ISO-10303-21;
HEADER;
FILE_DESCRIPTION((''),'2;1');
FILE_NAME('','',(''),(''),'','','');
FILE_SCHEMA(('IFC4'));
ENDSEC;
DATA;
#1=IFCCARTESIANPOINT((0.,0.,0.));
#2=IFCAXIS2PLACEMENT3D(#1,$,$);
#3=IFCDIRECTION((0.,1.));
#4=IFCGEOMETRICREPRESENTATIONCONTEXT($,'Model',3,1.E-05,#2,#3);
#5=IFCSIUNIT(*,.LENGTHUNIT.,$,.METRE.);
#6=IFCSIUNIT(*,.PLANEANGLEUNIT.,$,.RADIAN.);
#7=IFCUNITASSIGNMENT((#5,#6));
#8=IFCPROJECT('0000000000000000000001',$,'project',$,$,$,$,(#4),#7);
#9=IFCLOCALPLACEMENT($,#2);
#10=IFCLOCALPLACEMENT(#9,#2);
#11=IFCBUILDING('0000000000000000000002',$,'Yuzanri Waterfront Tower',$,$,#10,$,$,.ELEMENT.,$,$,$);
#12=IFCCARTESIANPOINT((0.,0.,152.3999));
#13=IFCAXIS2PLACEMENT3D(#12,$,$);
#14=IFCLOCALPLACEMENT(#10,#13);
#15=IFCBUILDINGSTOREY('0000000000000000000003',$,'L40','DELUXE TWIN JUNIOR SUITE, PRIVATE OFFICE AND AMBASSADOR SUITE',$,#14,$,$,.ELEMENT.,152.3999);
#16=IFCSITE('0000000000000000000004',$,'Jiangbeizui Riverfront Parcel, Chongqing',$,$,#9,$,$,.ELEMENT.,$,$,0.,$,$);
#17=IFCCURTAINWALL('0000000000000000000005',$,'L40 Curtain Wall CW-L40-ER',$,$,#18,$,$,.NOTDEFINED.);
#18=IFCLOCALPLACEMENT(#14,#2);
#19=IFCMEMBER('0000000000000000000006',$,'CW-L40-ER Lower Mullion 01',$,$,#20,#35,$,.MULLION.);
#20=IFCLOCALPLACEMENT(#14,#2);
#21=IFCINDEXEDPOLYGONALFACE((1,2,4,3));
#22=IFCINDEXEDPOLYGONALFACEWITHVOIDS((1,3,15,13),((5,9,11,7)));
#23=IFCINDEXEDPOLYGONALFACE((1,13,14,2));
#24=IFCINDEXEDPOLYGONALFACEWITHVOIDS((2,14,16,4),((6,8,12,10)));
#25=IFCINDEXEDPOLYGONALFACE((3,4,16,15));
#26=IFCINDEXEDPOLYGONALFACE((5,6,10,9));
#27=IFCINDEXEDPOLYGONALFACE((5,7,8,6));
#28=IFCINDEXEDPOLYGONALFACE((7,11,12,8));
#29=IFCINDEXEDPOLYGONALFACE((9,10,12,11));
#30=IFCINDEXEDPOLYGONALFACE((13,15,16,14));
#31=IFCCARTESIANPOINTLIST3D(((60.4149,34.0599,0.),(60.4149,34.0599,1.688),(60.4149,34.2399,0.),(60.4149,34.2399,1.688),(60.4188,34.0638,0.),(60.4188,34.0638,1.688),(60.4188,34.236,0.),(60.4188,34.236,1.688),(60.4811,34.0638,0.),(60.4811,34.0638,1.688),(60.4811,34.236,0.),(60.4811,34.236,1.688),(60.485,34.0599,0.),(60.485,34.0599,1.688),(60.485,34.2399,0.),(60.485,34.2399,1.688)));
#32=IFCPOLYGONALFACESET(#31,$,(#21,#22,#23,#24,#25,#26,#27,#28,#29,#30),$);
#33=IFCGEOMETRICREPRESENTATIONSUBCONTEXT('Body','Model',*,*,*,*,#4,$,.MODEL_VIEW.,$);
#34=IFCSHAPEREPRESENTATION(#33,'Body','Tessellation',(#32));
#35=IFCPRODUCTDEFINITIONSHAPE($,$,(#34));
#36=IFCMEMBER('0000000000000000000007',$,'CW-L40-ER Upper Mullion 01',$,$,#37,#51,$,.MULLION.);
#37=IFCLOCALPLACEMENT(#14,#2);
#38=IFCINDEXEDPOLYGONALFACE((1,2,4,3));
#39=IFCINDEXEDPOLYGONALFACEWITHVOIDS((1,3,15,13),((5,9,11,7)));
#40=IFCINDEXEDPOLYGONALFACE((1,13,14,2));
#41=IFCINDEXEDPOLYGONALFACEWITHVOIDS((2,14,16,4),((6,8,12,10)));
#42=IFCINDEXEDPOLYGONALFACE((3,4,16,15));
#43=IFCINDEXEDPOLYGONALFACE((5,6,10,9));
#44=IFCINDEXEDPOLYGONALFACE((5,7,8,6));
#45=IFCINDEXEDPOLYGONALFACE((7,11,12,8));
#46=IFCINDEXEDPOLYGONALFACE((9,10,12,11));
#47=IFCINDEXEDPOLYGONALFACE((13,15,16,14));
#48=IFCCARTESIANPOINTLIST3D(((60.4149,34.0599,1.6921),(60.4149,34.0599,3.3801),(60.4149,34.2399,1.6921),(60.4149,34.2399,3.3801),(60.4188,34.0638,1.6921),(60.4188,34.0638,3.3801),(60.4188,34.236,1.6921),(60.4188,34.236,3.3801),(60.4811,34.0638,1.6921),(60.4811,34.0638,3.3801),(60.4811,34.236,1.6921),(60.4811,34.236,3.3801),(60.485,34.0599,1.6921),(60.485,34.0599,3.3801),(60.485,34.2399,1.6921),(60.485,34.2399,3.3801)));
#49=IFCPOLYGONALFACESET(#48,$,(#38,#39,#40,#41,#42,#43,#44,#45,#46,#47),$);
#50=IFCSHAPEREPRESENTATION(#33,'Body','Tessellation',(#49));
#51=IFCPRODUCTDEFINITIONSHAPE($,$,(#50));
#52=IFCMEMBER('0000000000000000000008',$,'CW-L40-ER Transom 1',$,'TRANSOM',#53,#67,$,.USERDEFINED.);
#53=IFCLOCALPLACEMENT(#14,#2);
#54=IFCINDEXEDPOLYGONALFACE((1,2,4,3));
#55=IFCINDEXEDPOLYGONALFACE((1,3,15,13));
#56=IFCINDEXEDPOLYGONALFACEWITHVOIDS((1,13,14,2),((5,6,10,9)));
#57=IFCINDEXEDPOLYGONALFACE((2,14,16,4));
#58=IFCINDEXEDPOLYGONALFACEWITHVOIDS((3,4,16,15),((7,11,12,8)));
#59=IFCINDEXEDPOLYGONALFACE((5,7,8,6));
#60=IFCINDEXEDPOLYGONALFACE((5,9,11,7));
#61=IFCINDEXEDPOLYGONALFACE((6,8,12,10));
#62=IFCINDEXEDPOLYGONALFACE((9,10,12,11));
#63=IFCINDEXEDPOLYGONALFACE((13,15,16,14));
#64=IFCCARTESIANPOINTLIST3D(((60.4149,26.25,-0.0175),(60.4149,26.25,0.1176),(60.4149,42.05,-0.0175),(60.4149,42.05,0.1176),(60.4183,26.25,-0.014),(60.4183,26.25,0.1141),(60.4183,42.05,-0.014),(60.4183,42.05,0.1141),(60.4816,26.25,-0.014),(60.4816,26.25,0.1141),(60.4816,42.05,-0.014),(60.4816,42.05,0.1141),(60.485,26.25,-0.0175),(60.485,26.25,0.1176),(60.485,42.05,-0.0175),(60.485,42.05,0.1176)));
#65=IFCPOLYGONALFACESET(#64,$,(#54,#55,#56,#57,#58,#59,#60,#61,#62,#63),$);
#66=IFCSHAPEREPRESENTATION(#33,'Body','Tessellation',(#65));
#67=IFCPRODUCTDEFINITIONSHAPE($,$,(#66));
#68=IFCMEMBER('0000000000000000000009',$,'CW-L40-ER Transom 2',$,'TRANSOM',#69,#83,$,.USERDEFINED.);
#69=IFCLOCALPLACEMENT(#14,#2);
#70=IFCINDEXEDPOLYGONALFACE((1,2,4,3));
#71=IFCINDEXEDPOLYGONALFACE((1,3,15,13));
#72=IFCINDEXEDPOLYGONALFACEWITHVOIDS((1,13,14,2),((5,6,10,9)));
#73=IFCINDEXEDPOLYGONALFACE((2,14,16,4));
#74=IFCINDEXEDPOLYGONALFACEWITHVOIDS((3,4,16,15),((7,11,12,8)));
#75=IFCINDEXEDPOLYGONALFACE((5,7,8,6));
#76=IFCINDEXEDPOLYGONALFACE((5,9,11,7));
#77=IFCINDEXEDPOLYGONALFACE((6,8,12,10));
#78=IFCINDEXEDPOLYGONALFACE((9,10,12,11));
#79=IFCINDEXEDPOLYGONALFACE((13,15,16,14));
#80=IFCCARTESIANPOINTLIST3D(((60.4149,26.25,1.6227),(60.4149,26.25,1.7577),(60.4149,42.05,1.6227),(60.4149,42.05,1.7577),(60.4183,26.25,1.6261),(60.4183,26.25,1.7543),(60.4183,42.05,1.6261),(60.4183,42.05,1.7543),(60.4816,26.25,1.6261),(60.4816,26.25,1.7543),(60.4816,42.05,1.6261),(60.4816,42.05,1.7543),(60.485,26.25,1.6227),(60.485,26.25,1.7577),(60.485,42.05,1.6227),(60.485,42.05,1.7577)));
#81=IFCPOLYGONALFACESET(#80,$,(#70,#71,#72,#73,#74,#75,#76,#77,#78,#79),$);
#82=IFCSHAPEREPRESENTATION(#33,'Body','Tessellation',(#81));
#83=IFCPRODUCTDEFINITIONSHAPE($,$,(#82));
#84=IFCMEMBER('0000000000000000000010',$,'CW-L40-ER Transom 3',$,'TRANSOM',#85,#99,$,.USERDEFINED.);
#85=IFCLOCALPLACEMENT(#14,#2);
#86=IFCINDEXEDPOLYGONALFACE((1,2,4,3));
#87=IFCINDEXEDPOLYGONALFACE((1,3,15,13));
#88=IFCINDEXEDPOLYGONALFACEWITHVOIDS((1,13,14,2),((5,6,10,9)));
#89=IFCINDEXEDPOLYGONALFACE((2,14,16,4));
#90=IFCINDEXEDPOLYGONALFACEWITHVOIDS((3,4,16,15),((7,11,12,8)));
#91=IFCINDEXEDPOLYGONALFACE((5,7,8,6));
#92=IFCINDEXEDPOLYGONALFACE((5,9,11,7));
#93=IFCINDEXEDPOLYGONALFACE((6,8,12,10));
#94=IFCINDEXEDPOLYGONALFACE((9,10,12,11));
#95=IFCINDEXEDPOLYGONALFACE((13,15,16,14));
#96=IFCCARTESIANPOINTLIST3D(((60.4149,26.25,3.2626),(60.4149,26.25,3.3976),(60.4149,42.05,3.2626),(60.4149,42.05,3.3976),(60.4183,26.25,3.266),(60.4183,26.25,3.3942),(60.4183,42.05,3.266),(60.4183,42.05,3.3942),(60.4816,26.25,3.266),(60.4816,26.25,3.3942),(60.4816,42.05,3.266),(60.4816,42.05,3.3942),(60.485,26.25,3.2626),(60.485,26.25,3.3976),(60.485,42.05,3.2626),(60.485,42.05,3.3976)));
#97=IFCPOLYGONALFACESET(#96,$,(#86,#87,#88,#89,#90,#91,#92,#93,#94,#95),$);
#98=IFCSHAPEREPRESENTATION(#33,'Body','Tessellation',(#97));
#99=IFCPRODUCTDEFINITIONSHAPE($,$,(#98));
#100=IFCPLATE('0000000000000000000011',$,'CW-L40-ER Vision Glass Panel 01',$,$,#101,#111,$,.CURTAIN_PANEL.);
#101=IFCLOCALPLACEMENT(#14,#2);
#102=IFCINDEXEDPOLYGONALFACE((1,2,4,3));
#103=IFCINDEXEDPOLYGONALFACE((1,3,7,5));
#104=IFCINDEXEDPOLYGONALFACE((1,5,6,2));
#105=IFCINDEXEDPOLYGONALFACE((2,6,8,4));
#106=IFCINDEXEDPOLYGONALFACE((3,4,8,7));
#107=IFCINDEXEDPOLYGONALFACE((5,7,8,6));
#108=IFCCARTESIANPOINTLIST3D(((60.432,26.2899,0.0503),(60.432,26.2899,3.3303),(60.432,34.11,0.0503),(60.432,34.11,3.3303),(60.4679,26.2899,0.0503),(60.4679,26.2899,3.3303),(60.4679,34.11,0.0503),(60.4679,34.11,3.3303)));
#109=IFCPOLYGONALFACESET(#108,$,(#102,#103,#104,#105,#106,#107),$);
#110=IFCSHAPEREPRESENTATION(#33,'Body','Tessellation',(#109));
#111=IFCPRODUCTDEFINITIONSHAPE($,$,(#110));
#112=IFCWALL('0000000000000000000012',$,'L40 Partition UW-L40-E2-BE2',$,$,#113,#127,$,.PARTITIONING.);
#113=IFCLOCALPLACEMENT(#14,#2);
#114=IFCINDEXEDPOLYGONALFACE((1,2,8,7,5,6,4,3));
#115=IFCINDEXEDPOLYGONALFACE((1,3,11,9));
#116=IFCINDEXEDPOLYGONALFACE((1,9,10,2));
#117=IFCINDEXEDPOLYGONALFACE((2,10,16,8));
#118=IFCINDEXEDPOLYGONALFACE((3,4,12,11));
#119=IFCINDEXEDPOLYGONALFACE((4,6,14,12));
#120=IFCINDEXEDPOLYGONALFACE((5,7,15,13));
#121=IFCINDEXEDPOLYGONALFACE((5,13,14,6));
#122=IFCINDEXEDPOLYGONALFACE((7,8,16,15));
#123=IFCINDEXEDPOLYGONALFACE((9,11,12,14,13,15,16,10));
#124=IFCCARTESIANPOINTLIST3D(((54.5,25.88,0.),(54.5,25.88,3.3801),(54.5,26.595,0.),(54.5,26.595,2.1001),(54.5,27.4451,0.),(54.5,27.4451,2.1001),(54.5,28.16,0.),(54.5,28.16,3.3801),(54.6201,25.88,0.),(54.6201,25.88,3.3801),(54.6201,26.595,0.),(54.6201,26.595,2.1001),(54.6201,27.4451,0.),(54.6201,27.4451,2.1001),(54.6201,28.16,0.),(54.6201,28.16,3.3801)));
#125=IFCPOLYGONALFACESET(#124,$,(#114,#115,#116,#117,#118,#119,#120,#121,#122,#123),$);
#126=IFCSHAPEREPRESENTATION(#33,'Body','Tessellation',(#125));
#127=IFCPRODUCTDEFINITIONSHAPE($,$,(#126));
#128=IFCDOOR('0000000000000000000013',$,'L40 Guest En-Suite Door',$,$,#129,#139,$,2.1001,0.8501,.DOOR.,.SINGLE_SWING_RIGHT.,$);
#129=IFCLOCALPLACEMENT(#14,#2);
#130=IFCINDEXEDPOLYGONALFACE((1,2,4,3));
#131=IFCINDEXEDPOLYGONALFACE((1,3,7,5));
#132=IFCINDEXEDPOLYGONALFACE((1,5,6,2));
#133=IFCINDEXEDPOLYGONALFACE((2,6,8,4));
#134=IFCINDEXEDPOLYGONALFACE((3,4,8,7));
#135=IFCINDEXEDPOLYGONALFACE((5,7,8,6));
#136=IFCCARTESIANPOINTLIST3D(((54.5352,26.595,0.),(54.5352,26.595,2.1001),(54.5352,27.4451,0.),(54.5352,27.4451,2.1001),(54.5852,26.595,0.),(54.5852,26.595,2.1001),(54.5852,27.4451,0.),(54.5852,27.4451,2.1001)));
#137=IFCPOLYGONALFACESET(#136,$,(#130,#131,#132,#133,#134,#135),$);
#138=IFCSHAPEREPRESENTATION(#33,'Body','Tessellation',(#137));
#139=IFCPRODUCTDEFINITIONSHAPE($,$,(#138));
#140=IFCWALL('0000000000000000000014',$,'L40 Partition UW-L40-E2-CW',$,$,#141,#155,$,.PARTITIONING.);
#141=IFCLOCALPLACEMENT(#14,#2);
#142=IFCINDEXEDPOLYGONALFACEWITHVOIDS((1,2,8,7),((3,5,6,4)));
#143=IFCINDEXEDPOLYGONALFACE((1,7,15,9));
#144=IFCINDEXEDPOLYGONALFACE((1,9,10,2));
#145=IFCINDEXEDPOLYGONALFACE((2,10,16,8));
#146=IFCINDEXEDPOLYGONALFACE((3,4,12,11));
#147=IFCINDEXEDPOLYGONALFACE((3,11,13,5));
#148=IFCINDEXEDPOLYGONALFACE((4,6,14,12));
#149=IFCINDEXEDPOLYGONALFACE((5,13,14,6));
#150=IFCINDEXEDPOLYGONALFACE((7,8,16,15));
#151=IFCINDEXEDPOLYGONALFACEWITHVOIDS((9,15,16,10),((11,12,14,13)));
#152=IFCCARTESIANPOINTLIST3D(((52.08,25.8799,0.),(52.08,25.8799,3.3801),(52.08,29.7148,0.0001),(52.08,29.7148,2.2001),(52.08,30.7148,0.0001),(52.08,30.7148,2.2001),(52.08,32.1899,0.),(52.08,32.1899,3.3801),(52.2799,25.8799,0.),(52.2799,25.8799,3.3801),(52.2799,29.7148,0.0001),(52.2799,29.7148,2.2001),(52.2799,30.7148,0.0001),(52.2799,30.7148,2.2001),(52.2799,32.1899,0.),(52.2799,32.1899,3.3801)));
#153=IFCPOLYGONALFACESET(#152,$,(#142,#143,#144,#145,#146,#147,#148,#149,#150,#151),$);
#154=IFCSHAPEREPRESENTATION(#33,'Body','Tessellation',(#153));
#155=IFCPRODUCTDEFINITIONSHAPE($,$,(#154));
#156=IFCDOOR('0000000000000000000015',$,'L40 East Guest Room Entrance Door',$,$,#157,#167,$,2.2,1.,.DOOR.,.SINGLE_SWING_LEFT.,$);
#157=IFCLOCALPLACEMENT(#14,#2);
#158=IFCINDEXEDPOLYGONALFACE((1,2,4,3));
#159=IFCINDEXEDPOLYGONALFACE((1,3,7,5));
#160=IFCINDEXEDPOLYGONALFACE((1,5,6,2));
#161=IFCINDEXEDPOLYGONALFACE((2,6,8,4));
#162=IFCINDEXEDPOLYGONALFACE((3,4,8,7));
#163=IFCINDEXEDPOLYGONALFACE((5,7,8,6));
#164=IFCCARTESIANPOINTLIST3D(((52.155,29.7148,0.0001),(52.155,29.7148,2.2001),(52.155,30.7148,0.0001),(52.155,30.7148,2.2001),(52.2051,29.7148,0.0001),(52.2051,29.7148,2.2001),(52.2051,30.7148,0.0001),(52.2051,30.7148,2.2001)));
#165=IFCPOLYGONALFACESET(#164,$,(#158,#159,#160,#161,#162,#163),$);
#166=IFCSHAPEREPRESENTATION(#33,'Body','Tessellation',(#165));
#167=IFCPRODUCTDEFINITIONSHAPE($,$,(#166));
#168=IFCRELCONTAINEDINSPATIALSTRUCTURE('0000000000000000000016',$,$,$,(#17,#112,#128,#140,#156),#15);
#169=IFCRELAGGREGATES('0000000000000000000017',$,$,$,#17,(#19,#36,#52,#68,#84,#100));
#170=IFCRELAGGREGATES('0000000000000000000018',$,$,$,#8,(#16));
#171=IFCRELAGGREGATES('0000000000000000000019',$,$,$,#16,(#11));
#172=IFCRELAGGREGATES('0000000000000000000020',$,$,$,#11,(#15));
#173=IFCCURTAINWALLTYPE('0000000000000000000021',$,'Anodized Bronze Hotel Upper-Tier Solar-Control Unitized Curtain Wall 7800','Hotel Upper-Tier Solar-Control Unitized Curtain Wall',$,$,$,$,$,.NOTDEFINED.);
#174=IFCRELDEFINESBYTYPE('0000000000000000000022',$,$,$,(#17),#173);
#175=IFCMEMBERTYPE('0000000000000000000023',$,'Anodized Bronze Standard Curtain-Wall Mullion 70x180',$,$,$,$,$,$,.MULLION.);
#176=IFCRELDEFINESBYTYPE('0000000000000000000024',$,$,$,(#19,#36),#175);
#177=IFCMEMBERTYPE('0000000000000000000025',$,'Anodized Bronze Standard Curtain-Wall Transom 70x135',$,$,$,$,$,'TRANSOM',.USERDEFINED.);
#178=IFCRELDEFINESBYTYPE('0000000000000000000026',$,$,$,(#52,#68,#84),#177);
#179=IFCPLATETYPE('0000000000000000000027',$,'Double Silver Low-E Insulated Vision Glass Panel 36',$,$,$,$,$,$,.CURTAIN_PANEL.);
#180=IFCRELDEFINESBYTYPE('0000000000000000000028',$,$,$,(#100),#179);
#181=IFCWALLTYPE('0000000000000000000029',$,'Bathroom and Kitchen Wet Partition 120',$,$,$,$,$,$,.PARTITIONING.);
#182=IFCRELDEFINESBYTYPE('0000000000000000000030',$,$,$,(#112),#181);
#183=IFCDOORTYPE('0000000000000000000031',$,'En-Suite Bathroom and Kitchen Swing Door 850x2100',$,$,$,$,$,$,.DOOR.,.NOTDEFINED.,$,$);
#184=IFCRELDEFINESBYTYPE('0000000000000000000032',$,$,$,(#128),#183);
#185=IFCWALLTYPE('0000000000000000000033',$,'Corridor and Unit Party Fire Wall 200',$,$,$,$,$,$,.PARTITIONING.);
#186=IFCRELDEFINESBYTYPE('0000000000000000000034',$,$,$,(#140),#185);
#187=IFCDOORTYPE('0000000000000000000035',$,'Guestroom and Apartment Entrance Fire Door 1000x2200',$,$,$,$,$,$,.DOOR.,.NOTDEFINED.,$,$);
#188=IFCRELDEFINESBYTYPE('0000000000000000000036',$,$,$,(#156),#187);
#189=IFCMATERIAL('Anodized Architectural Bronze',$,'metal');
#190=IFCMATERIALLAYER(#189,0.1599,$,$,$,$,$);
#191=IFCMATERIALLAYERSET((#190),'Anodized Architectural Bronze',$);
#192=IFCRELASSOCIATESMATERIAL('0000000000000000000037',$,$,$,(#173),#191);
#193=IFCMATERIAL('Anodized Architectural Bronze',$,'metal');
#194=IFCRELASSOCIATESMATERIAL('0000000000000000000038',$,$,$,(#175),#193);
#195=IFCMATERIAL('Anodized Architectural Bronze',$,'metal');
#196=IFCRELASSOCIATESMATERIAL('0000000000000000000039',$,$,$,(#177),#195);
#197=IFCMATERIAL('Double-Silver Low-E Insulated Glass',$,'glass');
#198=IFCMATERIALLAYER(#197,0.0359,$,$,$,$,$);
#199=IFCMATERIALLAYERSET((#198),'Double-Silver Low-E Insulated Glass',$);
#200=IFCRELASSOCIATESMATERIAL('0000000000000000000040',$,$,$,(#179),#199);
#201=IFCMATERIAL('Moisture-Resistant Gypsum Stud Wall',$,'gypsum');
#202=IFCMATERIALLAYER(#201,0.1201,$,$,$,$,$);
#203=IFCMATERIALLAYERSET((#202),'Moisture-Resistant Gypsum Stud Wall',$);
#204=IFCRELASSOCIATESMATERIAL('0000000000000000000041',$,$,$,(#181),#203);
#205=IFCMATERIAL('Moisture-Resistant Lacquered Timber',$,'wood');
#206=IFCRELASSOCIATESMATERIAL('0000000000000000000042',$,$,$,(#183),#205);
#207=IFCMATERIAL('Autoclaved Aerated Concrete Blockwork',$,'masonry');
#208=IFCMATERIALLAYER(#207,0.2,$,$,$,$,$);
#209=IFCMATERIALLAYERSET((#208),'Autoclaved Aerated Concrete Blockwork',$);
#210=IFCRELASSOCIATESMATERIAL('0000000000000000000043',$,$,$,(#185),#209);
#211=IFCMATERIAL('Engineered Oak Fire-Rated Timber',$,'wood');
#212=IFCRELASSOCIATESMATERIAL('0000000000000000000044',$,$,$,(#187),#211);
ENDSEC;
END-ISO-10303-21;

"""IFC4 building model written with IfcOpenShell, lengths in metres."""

from ifc_helpers import new_model, si_unit, direction, frame, frame_2d, origin, origin_2d, place, context, subcontext, project, spatial, rectangle, hollow_rectangle, extrude, source, transform, mapped, material, layer, layer_set, material_profile, profile_set, type_object, element, fill, aggregate, save


model = new_model("IFC4")

# Units and contexts
model_context = context("Model", 3, precision=1e-05, world=origin(), true_north=direction((0.0, 1.0)))
body_context = subcontext(model_context, "Body", "Model", "MODEL_VIEW")
ifc_project = project(units=[si_unit("LENGTHUNIT", "METRE"), si_unit("PLANEANGLEUNIT", "RADIAN")], contexts=[model_context])

# Site, building, storey
site_placement = place(None, origin())
site = spatial("IfcSite", under=ifc_project, at=site_placement, Name="Jiangbeizui Riverfront Parcel, Chongqing", CompositionType="ELEMENT", RefElevation=0.0)
building_placement = place(site_placement, origin())
building = spatial("IfcBuilding", under=site, at=building_placement, Name="Yuzanri Waterfront Tower", CompositionType="ELEMENT")
storey_placement = place(building_placement, frame((0.0, 0.0, 152.3999)))
storey = spatial("IfcBuildingStorey", under=building, at=storey_placement, Name="L40", Description="DELUXE TWIN JUNIOR SUITE, PRIVATE OFFICE AND AMBASSADOR SUITE", CompositionType="ELEMENT", Elevation=152.3999)

# Shared definitions
ifc_material_1 = material(Name="Anodized Architectural Bronze", Category="metal")
ifc_layer_1 = layer(ifc_material_1, 0.1599)
ifc_layer_set_1 = layer_set([ifc_layer_1], Name="Anodized Architectural Bronze")
curtain_wall_type = type_object("IfcCurtainWallType", Name="Anodized Bronze Hotel Upper-Tier Solar-Control Unitized Curtain Wall 7800", Description="Hotel Upper-Tier Solar-Control Unitized Curtain Wall", PredefinedType="NOTDEFINED", material=ifc_layer_set_1)
ifc_material_2 = material(Name="Anodized Architectural Bronze", Category="metal")
ifc_material_profile_1 = material_profile(ifc_material_2, hollow_rectangle(XDim=0.0701, YDim=0.1799, WallThickness=0.0039, at=origin_2d()), Name="CWM 70x180")
ifc_profile_set_1 = profile_set([ifc_material_profile_1], Name="Anodized Architectural Bronze")
member_type_1 = type_object("IfcMemberType", Name="Anodized Bronze Standard Curtain-Wall Mullion 70x180", PredefinedType="MULLION", material=ifc_profile_set_1)
shared_shape_1 = source(origin(), body_context, "Body", "SweptSolid", [
    extrude(hollow_rectangle(XDim=0.0701, YDim=0.1799, WallThickness=0.0039, at=origin_2d()), origin(), (0.0, 0.0, 1.0), 1.688),
])

# Curtain wall, members, plate
curtain_wall_1_placement = place(storey_placement, origin())
curtain_wall_1 = element("IfcCurtainWall", 1, at=curtain_wall_1_placement, inside=storey, type_object=curtain_wall_type, Name="L40 Curtain Wall CW-L40-ER", PredefinedType="NOTDEFINED")
member_1_placement = place(storey_placement, frame((60.45, 34.1499, 0.0), z_axis=(0.0, 0.0, 1.0), x_axis=(1.0, 0.0, 0.0)))
member_1 = element("IfcMember", 2, at=member_1_placement, type_object=member_type_1, Name="CW-L40-ER Lower Mullion 01", PredefinedType="MULLION", context=body_context, shape_type="MappedRepresentation", body=[
    mapped(shared_shape_1, transform((0.0, 0.0, 0.0), scale=1.0)),
])
member_2_placement = place(storey_placement, frame((60.45, 34.1499, 1.6921), z_axis=(0.0, 0.0, 1.0), x_axis=(1.0, 0.0, 0.0)))
member_2 = element("IfcMember", 3, at=member_2_placement, type_object=member_type_1, Name="CW-L40-ER Upper Mullion 01", PredefinedType="MULLION", context=body_context, shape_type="MappedRepresentation", body=[
    mapped(shared_shape_1, transform((0.0, 0.0, 0.0), scale=1.0)),
])
ifc_material_3 = material(Name="Anodized Architectural Bronze", Category="metal")
ifc_material_profile_2 = material_profile(ifc_material_3, hollow_rectangle(XDim=0.0701, YDim=0.135, WallThickness=0.0034, at=origin_2d()), Name="CWT 70x135")
ifc_profile_set_2 = profile_set([ifc_material_profile_2], Name="Anodized Architectural Bronze")
member_type_2 = type_object("IfcMemberType", Name="Anodized Bronze Standard Curtain-Wall Transom 70x135", ElementType="TRANSOM", PredefinedType="USERDEFINED", material=ifc_profile_set_2)
shared_shape_2 = source(origin(), body_context, "Body", "SweptSolid", [
    extrude(hollow_rectangle(XDim=0.0701, YDim=0.135, WallThickness=0.0034, at=origin_2d()), origin(), (0.0, 0.0, 1.0), 15.8),
])
member_3_placement = place(storey_placement, frame((60.45, 26.25, 0.05), z_axis=(0.0, 1.0, 0.0), x_axis=(-1.0, 0.0, 0.0)))
member_3 = element("IfcMember", 4, at=member_3_placement, type_object=member_type_2, Name="CW-L40-ER Transom 1", ObjectType="TRANSOM", PredefinedType="USERDEFINED", context=body_context, shape_type="MappedRepresentation", body=[
    mapped(shared_shape_2, transform((0.0, 0.0, 0.0), scale=1.0)),
])
member_4_placement = place(storey_placement, frame((60.45, 26.25, 1.6902), z_axis=(0.0, 1.0, 0.0), x_axis=(-1.0, 0.0, 0.0)))
member_4 = element("IfcMember", 5, at=member_4_placement, type_object=member_type_2, Name="CW-L40-ER Transom 2", ObjectType="TRANSOM", PredefinedType="USERDEFINED", context=body_context, shape_type="MappedRepresentation", body=[
    mapped(shared_shape_2, transform((0.0, 0.0, 0.0), scale=1.0)),
])
member_5_placement = place(storey_placement, frame((60.45, 26.25, 3.3301), z_axis=(0.0, 1.0, 0.0), x_axis=(-1.0, 0.0, 0.0)))
member_5 = element("IfcMember", 6, at=member_5_placement, type_object=member_type_2, Name="CW-L40-ER Transom 3", ObjectType="TRANSOM", PredefinedType="USERDEFINED", context=body_context, shape_type="MappedRepresentation", body=[
    mapped(shared_shape_2, transform((0.0, 0.0, 0.0), scale=1.0)),
])
ifc_material_4 = material(Name="Double-Silver Low-E Insulated Glass", Category="glass")
ifc_layer_2 = layer(ifc_material_4, 0.0359)
ifc_layer_set_2 = layer_set([ifc_layer_2], Name="Double-Silver Low-E Insulated Glass")
plate_type = type_object("IfcPlateType", Name="Double Silver Low-E Insulated Vision Glass Panel 36", PredefinedType="CURTAIN_PANEL", material=ifc_layer_set_2)
shared_shape_3 = source(origin(), body_context, "Body", "SweptSolid", [
    extrude(rectangle(XDim=7.8201, YDim=0.0359, at=origin_2d()), origin(), (0.0, 0.0, 1.0), 3.28),
])
plate_placement = place(storey_placement, frame((60.45, 30.2, 0.0503), z_axis=(0.0, 0.0, 1.0), x_axis=(0.0, 1.0, 0.0)))
plate = element("IfcPlate", 7, at=plate_placement, type_object=plate_type, Name="CW-L40-ER Vision Glass Panel 01", PredefinedType="CURTAIN_PANEL", context=body_context, shape_type="MappedRepresentation", body=[
    mapped(shared_shape_3, transform((0.0, 0.0, 0.0), scale=1.0)),
])
aggregate(curtain_wall_1, [member_1, member_2, member_3, member_4, member_5, plate])

# Walls, openings, doors
ifc_material_5 = material(Name="Moisture-Resistant Gypsum Stud Wall", Category="gypsum")
ifc_layer_3 = layer(ifc_material_5, 0.1201)
ifc_layer_set_3 = layer_set([ifc_layer_3], Name="Moisture-Resistant Gypsum Stud Wall")
wall_type_1 = type_object("IfcWallType", Name="Bathroom and Kitchen Wet Partition 120", PredefinedType="PARTITIONING", material=ifc_layer_set_3)
wall_1_placement = place(storey_placement, frame((54.5601, 25.8799, 0.0), z_axis=(0.0, 0.0, 1.0), x_axis=(0.0, 1.0, 0.0)))
wall_1 = element("IfcWall", 8, at=wall_1_placement, inside=storey, type_object=wall_type_1, Name="L40 Partition UW-L40-E2-BE2", PredefinedType="PARTITIONING", context=body_context, shape_type="SweptSolid", body=[
    extrude(rectangle(XDim=2.28, YDim=0.1201, at=frame_2d((1.1401, 0.0))), origin(), (0.0, 0.0, 1.0), 3.3801),
])
opening_1_placement = place(wall_1_placement, frame((0.7151, 0.0, 0.0)))
opening_1 = element("IfcOpeningElement", 9, at=opening_1_placement, cuts=wall_1, PredefinedType="OPENING", context=body_context, shape_type="SweptSolid", body=[
    extrude(rectangle(XDim=0.8501, YDim=2.1001, at=frame_2d((0.425, 1.05))), frame((0.0, 0.075, 0.0), z_axis=(0.0, -1.0, 0.0), x_axis=(1.0, 0.0, 0.0)), (0.0, 0.0, 1.0), 0.1499),
])
ifc_material_6 = material(Name="Moisture-Resistant Lacquered Timber", Category="wood")
door_type_1 = type_object("IfcDoorType", Name="En-Suite Bathroom and Kitchen Swing Door 850x2100", OperationType="NOTDEFINED", PredefinedType="DOOR", material=ifc_material_6)
shared_shape_4 = source(origin(), body_context, "Body", "SweptSolid", [
    extrude(rectangle(XDim=0.8501, YDim=2.1001, at=frame_2d((0.425, 1.05))), frame((0.0, 0.0249, 0.0), z_axis=(0.0, -1.0, 0.0), x_axis=(1.0, 0.0, 0.0)), (0.0, 0.0, 1.0), 0.05),
])
door_1_placement = place(opening_1_placement, origin())
door_1 = element("IfcDoor", 10, at=door_1_placement, inside=storey, type_object=door_type_1, Name="L40 Guest En-Suite Door", OperationType="SINGLE_SWING_RIGHT", OverallHeight=2.1001, OverallWidth=0.8501, PredefinedType="DOOR", context=body_context, shape_type="MappedRepresentation", body=[
    mapped(shared_shape_4, transform((0.0, 0.0, 0.0), scale=1.0)),
])
fill(opening_1, door_1)
ifc_material_7 = material(Name="Autoclaved Aerated Concrete Blockwork", Category="masonry")
ifc_layer_4 = layer(ifc_material_7, 0.2)
ifc_layer_set_4 = layer_set([ifc_layer_4], Name="Autoclaved Aerated Concrete Blockwork")
wall_type_2 = type_object("IfcWallType", Name="Corridor and Unit Party Fire Wall 200", PredefinedType="PARTITIONING", material=ifc_layer_set_4)
wall_2_placement = place(storey_placement, frame((52.1799, 25.8799, 0.0), z_axis=(0.0, 0.0, 1.0), x_axis=(0.0, 1.0, 0.0)))
wall_2 = element("IfcWall", 11, at=wall_2_placement, inside=storey, type_object=wall_type_2, Name="L40 Partition UW-L40-E2-CW", PredefinedType="PARTITIONING", context=body_context, shape_type="SweptSolid", body=[
    extrude(rectangle(XDim=6.3101, YDim=0.2, at=frame_2d((3.155, 0.0))), origin(), (0.0, 0.0, 1.0), 3.3801),
])
opening_2_placement = place(wall_2_placement, frame((3.835, 0.0, 0.0)))
opening_2 = element("IfcOpeningElement", 12, at=opening_2_placement, cuts=wall_2, PredefinedType="OPENING", context=body_context, shape_type="SweptSolid", body=[
    extrude(rectangle(XDim=1.0, YDim=2.2, at=frame_2d((0.5, 1.1001))), frame((0.0, 0.1147, 0.0), z_axis=(0.0, -1.0, 0.0), x_axis=(1.0, 0.0, 0.0)), (0.0, 0.0, 1.0), 0.2297),
])
ifc_material_8 = material(Name="Engineered Oak Fire-Rated Timber", Category="wood")
door_type_2 = type_object("IfcDoorType", Name="Guestroom and Apartment Entrance Fire Door 1000x2200", OperationType="NOTDEFINED", PredefinedType="DOOR", material=ifc_material_8)
shared_shape_5 = source(origin(), body_context, "Body", "SweptSolid", [
    extrude(rectangle(XDim=1.0, YDim=2.2, at=frame_2d((0.5, 1.1001))), frame((0.0, 0.0249, 0.0), z_axis=(0.0, -1.0, 0.0), x_axis=(1.0, 0.0, 0.0)), (0.0, 0.0, 1.0), 0.05),
])
door_2_placement = place(opening_2_placement, origin())
door_2 = element("IfcDoor", 13, at=door_2_placement, inside=storey, type_object=door_type_2, Name="L40 East Guest Room Entrance Door", OperationType="SINGLE_SWING_LEFT", OverallHeight=2.2, OverallWidth=1.0, PredefinedType="DOOR", context=body_context, shape_type="MappedRepresentation", body=[
    mapped(shared_shape_5, transform((0.0, 0.0, 0.0), scale=1.0)),
])
fill(opening_2, door_2)

save(model, "model.ifc")
